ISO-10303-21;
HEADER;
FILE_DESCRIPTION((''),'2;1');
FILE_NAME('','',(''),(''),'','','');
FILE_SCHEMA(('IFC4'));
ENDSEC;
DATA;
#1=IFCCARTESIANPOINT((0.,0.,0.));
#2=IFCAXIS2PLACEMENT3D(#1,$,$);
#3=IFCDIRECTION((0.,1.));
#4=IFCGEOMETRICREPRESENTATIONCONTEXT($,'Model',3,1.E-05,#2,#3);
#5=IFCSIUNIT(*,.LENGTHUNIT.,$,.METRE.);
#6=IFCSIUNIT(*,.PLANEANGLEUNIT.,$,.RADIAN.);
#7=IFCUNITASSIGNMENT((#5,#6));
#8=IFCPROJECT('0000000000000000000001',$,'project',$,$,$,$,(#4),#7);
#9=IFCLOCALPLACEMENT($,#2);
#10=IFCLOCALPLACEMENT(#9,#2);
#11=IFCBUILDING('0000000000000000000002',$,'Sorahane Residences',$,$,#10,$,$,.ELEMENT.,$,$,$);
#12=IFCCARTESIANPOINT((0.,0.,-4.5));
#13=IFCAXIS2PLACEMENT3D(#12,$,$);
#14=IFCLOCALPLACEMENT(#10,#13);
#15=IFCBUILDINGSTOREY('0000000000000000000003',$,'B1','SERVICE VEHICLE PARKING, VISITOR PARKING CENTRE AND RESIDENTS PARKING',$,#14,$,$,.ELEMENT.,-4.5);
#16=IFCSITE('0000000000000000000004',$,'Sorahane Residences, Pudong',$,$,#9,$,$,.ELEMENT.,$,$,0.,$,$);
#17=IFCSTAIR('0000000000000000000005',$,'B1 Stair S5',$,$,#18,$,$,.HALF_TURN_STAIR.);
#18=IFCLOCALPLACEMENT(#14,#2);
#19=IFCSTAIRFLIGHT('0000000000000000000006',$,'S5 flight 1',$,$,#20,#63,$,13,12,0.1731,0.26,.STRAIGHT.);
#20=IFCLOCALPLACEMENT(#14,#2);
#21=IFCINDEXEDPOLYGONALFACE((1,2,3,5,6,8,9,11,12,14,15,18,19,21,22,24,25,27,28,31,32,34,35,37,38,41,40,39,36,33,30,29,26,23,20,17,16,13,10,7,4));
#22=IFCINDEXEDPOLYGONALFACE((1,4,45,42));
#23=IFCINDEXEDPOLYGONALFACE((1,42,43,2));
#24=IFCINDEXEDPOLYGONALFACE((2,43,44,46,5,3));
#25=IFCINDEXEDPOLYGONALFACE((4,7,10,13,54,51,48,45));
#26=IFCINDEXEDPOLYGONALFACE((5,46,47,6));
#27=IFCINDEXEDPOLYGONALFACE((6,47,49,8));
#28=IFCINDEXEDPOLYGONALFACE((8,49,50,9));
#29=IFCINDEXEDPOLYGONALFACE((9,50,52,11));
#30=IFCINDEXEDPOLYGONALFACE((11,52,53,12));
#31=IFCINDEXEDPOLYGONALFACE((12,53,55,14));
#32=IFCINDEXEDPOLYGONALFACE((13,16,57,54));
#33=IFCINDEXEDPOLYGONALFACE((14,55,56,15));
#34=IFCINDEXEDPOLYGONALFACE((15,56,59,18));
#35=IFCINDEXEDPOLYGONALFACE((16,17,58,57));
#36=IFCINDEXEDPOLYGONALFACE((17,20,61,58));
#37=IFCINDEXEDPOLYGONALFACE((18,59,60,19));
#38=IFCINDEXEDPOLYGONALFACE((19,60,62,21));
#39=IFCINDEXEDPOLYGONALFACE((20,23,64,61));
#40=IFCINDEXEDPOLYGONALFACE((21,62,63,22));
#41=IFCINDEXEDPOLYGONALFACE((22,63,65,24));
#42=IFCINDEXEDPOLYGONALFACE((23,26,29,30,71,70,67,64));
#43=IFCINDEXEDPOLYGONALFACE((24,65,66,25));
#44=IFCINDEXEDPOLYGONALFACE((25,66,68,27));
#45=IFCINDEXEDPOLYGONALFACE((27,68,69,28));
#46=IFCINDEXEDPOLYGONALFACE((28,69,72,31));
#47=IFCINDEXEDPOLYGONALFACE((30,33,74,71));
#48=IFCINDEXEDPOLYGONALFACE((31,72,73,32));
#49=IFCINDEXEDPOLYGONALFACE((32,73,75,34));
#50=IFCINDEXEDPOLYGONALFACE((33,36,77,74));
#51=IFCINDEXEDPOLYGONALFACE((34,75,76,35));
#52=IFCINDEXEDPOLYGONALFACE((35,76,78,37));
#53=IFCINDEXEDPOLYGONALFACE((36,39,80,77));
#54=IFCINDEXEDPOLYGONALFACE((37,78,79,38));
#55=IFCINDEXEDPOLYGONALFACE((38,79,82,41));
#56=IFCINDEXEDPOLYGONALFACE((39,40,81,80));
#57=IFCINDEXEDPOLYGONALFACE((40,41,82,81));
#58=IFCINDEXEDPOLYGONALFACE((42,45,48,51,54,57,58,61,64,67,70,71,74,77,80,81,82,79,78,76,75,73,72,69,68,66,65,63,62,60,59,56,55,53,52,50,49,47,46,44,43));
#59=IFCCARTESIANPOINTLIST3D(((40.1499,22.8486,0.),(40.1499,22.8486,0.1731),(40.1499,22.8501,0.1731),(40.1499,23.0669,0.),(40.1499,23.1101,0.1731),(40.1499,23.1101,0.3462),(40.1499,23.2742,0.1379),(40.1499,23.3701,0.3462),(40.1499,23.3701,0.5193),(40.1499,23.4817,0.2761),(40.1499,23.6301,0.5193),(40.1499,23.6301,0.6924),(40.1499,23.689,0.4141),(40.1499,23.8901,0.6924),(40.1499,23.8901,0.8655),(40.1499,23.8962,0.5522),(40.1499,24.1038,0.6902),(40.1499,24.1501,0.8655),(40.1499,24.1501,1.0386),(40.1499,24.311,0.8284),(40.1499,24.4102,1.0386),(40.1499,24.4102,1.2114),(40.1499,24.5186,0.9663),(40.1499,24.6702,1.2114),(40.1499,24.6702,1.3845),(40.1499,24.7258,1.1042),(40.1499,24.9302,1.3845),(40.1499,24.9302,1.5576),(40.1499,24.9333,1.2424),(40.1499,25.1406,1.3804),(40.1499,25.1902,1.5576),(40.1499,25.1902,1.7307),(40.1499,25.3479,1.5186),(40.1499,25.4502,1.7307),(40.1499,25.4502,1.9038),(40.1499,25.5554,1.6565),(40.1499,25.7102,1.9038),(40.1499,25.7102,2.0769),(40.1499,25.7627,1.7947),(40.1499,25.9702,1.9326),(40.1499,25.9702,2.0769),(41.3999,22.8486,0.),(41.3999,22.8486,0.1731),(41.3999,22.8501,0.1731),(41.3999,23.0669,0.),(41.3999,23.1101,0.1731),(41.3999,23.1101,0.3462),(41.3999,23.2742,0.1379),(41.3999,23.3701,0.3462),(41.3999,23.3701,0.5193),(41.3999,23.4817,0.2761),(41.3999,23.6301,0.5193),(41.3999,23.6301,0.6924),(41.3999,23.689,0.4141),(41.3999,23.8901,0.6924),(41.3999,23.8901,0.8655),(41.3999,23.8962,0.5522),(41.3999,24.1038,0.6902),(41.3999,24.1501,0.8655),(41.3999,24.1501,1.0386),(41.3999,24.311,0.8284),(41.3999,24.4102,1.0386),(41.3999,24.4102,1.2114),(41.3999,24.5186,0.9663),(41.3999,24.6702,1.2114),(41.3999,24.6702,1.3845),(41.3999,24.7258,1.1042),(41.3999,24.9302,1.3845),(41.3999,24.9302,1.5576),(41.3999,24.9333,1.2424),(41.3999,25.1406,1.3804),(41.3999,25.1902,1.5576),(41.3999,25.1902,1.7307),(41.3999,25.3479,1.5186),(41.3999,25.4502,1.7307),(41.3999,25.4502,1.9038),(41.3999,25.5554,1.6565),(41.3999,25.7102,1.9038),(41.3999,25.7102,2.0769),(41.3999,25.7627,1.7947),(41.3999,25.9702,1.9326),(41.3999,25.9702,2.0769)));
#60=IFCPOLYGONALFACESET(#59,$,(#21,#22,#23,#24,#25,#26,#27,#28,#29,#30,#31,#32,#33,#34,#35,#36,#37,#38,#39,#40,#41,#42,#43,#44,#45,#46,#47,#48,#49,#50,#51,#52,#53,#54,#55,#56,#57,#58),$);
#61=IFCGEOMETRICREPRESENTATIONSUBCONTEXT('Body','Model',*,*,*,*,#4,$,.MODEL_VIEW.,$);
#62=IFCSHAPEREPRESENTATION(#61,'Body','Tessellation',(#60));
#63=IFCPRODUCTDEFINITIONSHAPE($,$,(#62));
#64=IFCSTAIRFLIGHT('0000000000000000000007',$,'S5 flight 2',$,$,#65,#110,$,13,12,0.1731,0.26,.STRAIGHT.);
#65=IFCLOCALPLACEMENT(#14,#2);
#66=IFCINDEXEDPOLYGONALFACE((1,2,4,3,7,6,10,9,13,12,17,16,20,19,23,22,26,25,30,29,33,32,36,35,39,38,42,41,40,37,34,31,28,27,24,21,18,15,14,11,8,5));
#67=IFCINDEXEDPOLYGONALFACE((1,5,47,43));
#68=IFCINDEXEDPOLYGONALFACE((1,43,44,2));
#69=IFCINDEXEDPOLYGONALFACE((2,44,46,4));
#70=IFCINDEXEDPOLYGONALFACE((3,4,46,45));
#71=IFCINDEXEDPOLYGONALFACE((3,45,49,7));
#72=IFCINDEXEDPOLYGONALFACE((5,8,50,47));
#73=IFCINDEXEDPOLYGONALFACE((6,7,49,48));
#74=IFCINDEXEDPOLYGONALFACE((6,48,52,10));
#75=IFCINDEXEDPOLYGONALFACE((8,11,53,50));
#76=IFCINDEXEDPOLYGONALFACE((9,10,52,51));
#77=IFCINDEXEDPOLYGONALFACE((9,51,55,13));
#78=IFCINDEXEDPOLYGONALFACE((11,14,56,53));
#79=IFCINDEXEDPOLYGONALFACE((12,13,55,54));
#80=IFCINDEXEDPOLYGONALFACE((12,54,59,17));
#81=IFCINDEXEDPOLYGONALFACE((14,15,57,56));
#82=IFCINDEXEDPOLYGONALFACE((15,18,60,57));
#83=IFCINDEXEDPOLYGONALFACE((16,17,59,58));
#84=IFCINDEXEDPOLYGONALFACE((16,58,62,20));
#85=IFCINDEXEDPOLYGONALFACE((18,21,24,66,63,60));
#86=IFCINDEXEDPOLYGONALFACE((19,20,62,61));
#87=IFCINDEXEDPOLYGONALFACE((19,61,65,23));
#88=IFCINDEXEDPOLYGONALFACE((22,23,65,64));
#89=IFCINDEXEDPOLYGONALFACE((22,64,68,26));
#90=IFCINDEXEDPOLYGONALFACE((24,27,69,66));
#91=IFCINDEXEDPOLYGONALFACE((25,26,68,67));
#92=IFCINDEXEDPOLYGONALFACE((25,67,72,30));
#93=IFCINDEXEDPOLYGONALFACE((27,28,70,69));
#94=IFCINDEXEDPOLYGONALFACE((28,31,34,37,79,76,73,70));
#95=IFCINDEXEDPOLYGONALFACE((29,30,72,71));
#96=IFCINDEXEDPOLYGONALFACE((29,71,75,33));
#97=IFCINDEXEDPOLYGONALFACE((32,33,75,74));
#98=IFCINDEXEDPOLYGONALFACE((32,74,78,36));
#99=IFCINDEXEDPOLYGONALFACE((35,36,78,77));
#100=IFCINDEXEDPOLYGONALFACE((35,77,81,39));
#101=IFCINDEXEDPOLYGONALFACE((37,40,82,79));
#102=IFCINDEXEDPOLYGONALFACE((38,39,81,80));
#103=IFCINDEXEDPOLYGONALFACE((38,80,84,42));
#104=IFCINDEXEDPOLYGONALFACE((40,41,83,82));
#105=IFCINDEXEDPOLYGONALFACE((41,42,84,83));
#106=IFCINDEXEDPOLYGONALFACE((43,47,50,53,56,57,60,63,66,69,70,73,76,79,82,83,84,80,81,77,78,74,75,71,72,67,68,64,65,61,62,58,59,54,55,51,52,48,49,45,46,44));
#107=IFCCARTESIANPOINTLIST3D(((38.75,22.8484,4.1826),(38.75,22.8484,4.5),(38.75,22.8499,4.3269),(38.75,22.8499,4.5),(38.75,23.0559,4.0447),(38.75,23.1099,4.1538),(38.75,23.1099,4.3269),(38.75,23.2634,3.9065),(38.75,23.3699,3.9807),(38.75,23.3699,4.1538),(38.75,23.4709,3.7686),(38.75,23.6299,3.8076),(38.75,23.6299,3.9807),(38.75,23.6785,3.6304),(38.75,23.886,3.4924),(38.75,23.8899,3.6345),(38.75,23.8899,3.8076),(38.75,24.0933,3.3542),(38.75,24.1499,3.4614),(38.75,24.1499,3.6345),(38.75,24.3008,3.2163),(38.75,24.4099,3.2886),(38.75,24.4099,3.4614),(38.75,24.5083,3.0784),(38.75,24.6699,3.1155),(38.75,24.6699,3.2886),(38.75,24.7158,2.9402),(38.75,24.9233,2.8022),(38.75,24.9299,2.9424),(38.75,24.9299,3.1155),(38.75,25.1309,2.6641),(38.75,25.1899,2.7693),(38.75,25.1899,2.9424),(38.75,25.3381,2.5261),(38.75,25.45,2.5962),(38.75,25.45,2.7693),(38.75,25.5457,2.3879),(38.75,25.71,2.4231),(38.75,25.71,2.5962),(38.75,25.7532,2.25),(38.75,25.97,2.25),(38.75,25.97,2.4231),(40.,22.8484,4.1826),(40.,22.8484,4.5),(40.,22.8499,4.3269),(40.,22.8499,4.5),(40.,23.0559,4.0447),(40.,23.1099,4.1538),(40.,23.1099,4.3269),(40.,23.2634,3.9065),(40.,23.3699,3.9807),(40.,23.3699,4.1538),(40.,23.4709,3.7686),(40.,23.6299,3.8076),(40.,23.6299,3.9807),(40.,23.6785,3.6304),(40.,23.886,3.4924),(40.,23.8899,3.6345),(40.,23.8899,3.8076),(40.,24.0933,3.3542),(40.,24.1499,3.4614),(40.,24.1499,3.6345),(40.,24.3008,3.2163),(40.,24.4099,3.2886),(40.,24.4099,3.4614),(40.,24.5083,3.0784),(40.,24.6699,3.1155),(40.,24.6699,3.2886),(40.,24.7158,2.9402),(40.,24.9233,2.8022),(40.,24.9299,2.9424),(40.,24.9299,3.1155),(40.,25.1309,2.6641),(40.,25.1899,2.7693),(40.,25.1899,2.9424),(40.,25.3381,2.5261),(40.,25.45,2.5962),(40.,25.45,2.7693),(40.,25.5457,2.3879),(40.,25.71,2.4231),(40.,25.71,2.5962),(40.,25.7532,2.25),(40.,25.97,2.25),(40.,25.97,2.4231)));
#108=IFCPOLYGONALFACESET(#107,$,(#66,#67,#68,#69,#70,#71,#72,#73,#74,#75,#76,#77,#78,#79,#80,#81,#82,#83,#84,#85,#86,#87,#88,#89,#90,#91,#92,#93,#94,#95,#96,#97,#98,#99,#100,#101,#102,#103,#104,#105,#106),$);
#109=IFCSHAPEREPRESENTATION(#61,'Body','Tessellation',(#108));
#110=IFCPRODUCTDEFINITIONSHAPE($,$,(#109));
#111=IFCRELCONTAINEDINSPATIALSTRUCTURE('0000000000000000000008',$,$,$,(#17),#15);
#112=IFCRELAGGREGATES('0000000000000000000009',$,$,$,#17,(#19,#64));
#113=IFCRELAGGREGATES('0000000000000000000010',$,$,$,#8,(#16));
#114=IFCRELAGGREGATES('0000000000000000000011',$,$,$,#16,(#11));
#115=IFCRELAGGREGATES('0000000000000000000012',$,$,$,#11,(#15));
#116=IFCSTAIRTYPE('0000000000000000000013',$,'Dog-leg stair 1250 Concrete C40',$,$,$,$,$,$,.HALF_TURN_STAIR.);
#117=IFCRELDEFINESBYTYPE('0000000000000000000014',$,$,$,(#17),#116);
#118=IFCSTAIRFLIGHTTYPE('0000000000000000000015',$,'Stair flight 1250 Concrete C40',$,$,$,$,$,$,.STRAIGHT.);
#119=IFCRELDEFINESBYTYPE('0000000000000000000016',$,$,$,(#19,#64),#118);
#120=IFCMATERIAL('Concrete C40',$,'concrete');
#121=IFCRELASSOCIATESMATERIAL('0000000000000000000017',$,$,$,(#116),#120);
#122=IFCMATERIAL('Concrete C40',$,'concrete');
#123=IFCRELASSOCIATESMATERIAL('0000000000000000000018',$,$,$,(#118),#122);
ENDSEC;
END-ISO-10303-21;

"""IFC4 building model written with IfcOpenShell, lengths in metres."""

from ifc_helpers import new_model, si_unit, direction, frame, origin, place, context, subcontext, project, spatial, polyline, outline, extrude, material, type_object, element, aggregate, save


model = new_model("IFC4")

# Units and contexts
model_context = context("Model", 3, precision=1e-05, world=origin(), true_north=direction((0.0, 1.0)))
body_context = subcontext(model_context, "Body", "Model", "MODEL_VIEW")
ifc_project = project(units=[si_unit("LENGTHUNIT", "METRE"), si_unit("PLANEANGLEUNIT", "RADIAN")], contexts=[model_context])

# Site, building, storey
site_placement = place(None, origin())
site = spatial("IfcSite", under=ifc_project, at=site_placement, Name="Sorahane Residences, Pudong", CompositionType="ELEMENT", RefElevation=0.0)
building_placement = place(site_placement, origin())
building = spatial("IfcBuilding", under=site, at=building_placement, Name="Sorahane Residences", CompositionType="ELEMENT")
storey_placement = place(building_placement, frame((0.0, 0.0, -4.5)))
storey = spatial("IfcBuildingStorey", under=building, at=storey_placement, Name="B1", Description="SERVICE VEHICLE PARKING, VISITOR PARKING CENTRE AND RESIDENTS PARKING", CompositionType="ELEMENT", Elevation=-4.5)

# Stair, stair flights
ifc_material_1 = material(Name="Concrete C40", Category="concrete")
stair_type = type_object("IfcStairType", Name="Dog-leg stair 1250 Concrete C40", PredefinedType="HALF_TURN_STAIR", material=ifc_material_1)
stair_placement = place(storey_placement, origin())
stair = element("IfcStair", 1, at=stair_placement, inside=storey, type_object=stair_type, Name="B1 Stair S5", PredefinedType="HALF_TURN_STAIR")
ifc_material_2 = material(Name="Concrete C40", Category="concrete")
stair_flight_type = type_object("IfcStairFlightType", Name="Stair flight 1250 Concrete C40", PredefinedType="STRAIGHT", material=ifc_material_2)
stair_flight_1_placement = place(storey_placement, frame((40.7749, 22.8501, 0.0), z_axis=(0.0, 0.0, 1.0), x_axis=(0.0, 1.0, 0.0)))
stair_flight_1 = element("IfcStairFlight", 2, at=stair_flight_1_placement, type_object=stair_flight_type, Name="S5 flight 1", NumberOfRisers=13, NumberOfTreads=12, PredefinedType="STRAIGHT", RiserHeight=0.1731, TreadLength=0.26, context=body_context, shape_type="SweptSolid", body=[
    extrude(outline(polyline([(-0.0015, 0.0), (-0.0015, 0.1731), (0.0, 0.1731), (0.26, 0.1731), (0.26, 0.3462), (0.52, 0.3462), (0.52, 0.5193), (0.78, 0.5193), (0.78, 0.6924), (1.04, 0.6924), (1.04, 0.8655), (1.3, 0.8655), (1.3, 1.0386), (1.5601, 1.0386), (1.5601, 1.2114), (1.8201, 1.2114), (1.8201, 1.3845), (2.0801, 1.3845), (2.0801, 1.5576), (2.3401, 1.5576), (2.3401, 1.7307), (2.6001, 1.7307), (2.6001, 1.9038), (2.8601, 1.9038), (2.8601, 2.0769), (3.1201, 2.0769), (3.1201, 2.25), (3.1201, 1.9326), (2.9126, 1.7947), (2.7053, 1.6565), (2.4978, 1.5186), (2.2905, 1.3804), (2.0833, 1.2424), (1.8757, 1.1042), (1.6685, 0.9663), (1.4609, 0.8284), (1.2537, 0.6902), (1.0461, 0.5522), (0.8389, 0.4141), (0.6316, 0.2761), (0.4241, 0.1379), (0.2168, 0.0), (-0.0015, 0.0)])), frame((0.0, 0.625, 0.0), z_axis=(0.0, -1.0, 0.0), x_axis=(1.0, 0.0, 0.0)), (0.0, 0.0, 1.0), 1.25),
])
stair_flight_2_placement = place(storey_placement, frame((39.375, 25.97, 2.25), z_axis=(0.0, 0.0, 1.0), x_axis=(0.0, -1.0, 0.0)))
stair_flight_2 = element("IfcStairFlight", 3, at=stair_flight_2_placement, type_object=stair_flight_type, Name="S5 flight 2", NumberOfRisers=13, NumberOfTreads=12, PredefinedType="STRAIGHT", RiserHeight=0.1731, TreadLength=0.26, context=body_context, shape_type="SweptSolid", body=[
    extrude(outline(polyline([(0.0, 0.0), (0.0, 0.1731), (0.26, 0.1731), (0.26, 0.3462), (0.52, 0.3462), (0.52, 0.5193), (0.78, 0.5193), (0.78, 0.6924), (1.04, 0.6924), (1.04, 0.8655), (1.3, 0.8655), (1.3, 1.0386), (1.5601, 1.0386), (1.5601, 1.2114), (1.8201, 1.2114), (1.8201, 1.3845), (2.0801, 1.3845), (2.0801, 1.5576), (2.3401, 1.5576), (2.3401, 1.7307), (2.6001, 1.7307), (2.6001, 1.9038), (2.8601, 1.9038), (2.8601, 2.0769), (3.1201, 2.0769), (3.1201, 2.25), (3.1216, 2.25), (3.1216, 1.9326), (2.9141, 1.7947), (2.7065, 1.6565), (2.499, 1.5186), (2.2915, 1.3804), (2.084, 1.2424), (1.8767, 1.1042), (1.6692, 0.9663), (1.4617, 0.8284), (1.2542, 0.6902), (1.0466, 0.5522), (0.8391, 0.4141), (0.6318, 0.2761), (0.4243, 0.1379), (0.2168, 0.0), (0.0, 0.0)])), frame((0.0, 0.625, 0.0), z_axis=(0.0, -1.0, 0.0), x_axis=(1.0, 0.0, 0.0)), (0.0, 0.0, 1.0), 1.25),
])
aggregate(stair, [stair_flight_1, stair_flight_2])

save(model, "model.ifc")
